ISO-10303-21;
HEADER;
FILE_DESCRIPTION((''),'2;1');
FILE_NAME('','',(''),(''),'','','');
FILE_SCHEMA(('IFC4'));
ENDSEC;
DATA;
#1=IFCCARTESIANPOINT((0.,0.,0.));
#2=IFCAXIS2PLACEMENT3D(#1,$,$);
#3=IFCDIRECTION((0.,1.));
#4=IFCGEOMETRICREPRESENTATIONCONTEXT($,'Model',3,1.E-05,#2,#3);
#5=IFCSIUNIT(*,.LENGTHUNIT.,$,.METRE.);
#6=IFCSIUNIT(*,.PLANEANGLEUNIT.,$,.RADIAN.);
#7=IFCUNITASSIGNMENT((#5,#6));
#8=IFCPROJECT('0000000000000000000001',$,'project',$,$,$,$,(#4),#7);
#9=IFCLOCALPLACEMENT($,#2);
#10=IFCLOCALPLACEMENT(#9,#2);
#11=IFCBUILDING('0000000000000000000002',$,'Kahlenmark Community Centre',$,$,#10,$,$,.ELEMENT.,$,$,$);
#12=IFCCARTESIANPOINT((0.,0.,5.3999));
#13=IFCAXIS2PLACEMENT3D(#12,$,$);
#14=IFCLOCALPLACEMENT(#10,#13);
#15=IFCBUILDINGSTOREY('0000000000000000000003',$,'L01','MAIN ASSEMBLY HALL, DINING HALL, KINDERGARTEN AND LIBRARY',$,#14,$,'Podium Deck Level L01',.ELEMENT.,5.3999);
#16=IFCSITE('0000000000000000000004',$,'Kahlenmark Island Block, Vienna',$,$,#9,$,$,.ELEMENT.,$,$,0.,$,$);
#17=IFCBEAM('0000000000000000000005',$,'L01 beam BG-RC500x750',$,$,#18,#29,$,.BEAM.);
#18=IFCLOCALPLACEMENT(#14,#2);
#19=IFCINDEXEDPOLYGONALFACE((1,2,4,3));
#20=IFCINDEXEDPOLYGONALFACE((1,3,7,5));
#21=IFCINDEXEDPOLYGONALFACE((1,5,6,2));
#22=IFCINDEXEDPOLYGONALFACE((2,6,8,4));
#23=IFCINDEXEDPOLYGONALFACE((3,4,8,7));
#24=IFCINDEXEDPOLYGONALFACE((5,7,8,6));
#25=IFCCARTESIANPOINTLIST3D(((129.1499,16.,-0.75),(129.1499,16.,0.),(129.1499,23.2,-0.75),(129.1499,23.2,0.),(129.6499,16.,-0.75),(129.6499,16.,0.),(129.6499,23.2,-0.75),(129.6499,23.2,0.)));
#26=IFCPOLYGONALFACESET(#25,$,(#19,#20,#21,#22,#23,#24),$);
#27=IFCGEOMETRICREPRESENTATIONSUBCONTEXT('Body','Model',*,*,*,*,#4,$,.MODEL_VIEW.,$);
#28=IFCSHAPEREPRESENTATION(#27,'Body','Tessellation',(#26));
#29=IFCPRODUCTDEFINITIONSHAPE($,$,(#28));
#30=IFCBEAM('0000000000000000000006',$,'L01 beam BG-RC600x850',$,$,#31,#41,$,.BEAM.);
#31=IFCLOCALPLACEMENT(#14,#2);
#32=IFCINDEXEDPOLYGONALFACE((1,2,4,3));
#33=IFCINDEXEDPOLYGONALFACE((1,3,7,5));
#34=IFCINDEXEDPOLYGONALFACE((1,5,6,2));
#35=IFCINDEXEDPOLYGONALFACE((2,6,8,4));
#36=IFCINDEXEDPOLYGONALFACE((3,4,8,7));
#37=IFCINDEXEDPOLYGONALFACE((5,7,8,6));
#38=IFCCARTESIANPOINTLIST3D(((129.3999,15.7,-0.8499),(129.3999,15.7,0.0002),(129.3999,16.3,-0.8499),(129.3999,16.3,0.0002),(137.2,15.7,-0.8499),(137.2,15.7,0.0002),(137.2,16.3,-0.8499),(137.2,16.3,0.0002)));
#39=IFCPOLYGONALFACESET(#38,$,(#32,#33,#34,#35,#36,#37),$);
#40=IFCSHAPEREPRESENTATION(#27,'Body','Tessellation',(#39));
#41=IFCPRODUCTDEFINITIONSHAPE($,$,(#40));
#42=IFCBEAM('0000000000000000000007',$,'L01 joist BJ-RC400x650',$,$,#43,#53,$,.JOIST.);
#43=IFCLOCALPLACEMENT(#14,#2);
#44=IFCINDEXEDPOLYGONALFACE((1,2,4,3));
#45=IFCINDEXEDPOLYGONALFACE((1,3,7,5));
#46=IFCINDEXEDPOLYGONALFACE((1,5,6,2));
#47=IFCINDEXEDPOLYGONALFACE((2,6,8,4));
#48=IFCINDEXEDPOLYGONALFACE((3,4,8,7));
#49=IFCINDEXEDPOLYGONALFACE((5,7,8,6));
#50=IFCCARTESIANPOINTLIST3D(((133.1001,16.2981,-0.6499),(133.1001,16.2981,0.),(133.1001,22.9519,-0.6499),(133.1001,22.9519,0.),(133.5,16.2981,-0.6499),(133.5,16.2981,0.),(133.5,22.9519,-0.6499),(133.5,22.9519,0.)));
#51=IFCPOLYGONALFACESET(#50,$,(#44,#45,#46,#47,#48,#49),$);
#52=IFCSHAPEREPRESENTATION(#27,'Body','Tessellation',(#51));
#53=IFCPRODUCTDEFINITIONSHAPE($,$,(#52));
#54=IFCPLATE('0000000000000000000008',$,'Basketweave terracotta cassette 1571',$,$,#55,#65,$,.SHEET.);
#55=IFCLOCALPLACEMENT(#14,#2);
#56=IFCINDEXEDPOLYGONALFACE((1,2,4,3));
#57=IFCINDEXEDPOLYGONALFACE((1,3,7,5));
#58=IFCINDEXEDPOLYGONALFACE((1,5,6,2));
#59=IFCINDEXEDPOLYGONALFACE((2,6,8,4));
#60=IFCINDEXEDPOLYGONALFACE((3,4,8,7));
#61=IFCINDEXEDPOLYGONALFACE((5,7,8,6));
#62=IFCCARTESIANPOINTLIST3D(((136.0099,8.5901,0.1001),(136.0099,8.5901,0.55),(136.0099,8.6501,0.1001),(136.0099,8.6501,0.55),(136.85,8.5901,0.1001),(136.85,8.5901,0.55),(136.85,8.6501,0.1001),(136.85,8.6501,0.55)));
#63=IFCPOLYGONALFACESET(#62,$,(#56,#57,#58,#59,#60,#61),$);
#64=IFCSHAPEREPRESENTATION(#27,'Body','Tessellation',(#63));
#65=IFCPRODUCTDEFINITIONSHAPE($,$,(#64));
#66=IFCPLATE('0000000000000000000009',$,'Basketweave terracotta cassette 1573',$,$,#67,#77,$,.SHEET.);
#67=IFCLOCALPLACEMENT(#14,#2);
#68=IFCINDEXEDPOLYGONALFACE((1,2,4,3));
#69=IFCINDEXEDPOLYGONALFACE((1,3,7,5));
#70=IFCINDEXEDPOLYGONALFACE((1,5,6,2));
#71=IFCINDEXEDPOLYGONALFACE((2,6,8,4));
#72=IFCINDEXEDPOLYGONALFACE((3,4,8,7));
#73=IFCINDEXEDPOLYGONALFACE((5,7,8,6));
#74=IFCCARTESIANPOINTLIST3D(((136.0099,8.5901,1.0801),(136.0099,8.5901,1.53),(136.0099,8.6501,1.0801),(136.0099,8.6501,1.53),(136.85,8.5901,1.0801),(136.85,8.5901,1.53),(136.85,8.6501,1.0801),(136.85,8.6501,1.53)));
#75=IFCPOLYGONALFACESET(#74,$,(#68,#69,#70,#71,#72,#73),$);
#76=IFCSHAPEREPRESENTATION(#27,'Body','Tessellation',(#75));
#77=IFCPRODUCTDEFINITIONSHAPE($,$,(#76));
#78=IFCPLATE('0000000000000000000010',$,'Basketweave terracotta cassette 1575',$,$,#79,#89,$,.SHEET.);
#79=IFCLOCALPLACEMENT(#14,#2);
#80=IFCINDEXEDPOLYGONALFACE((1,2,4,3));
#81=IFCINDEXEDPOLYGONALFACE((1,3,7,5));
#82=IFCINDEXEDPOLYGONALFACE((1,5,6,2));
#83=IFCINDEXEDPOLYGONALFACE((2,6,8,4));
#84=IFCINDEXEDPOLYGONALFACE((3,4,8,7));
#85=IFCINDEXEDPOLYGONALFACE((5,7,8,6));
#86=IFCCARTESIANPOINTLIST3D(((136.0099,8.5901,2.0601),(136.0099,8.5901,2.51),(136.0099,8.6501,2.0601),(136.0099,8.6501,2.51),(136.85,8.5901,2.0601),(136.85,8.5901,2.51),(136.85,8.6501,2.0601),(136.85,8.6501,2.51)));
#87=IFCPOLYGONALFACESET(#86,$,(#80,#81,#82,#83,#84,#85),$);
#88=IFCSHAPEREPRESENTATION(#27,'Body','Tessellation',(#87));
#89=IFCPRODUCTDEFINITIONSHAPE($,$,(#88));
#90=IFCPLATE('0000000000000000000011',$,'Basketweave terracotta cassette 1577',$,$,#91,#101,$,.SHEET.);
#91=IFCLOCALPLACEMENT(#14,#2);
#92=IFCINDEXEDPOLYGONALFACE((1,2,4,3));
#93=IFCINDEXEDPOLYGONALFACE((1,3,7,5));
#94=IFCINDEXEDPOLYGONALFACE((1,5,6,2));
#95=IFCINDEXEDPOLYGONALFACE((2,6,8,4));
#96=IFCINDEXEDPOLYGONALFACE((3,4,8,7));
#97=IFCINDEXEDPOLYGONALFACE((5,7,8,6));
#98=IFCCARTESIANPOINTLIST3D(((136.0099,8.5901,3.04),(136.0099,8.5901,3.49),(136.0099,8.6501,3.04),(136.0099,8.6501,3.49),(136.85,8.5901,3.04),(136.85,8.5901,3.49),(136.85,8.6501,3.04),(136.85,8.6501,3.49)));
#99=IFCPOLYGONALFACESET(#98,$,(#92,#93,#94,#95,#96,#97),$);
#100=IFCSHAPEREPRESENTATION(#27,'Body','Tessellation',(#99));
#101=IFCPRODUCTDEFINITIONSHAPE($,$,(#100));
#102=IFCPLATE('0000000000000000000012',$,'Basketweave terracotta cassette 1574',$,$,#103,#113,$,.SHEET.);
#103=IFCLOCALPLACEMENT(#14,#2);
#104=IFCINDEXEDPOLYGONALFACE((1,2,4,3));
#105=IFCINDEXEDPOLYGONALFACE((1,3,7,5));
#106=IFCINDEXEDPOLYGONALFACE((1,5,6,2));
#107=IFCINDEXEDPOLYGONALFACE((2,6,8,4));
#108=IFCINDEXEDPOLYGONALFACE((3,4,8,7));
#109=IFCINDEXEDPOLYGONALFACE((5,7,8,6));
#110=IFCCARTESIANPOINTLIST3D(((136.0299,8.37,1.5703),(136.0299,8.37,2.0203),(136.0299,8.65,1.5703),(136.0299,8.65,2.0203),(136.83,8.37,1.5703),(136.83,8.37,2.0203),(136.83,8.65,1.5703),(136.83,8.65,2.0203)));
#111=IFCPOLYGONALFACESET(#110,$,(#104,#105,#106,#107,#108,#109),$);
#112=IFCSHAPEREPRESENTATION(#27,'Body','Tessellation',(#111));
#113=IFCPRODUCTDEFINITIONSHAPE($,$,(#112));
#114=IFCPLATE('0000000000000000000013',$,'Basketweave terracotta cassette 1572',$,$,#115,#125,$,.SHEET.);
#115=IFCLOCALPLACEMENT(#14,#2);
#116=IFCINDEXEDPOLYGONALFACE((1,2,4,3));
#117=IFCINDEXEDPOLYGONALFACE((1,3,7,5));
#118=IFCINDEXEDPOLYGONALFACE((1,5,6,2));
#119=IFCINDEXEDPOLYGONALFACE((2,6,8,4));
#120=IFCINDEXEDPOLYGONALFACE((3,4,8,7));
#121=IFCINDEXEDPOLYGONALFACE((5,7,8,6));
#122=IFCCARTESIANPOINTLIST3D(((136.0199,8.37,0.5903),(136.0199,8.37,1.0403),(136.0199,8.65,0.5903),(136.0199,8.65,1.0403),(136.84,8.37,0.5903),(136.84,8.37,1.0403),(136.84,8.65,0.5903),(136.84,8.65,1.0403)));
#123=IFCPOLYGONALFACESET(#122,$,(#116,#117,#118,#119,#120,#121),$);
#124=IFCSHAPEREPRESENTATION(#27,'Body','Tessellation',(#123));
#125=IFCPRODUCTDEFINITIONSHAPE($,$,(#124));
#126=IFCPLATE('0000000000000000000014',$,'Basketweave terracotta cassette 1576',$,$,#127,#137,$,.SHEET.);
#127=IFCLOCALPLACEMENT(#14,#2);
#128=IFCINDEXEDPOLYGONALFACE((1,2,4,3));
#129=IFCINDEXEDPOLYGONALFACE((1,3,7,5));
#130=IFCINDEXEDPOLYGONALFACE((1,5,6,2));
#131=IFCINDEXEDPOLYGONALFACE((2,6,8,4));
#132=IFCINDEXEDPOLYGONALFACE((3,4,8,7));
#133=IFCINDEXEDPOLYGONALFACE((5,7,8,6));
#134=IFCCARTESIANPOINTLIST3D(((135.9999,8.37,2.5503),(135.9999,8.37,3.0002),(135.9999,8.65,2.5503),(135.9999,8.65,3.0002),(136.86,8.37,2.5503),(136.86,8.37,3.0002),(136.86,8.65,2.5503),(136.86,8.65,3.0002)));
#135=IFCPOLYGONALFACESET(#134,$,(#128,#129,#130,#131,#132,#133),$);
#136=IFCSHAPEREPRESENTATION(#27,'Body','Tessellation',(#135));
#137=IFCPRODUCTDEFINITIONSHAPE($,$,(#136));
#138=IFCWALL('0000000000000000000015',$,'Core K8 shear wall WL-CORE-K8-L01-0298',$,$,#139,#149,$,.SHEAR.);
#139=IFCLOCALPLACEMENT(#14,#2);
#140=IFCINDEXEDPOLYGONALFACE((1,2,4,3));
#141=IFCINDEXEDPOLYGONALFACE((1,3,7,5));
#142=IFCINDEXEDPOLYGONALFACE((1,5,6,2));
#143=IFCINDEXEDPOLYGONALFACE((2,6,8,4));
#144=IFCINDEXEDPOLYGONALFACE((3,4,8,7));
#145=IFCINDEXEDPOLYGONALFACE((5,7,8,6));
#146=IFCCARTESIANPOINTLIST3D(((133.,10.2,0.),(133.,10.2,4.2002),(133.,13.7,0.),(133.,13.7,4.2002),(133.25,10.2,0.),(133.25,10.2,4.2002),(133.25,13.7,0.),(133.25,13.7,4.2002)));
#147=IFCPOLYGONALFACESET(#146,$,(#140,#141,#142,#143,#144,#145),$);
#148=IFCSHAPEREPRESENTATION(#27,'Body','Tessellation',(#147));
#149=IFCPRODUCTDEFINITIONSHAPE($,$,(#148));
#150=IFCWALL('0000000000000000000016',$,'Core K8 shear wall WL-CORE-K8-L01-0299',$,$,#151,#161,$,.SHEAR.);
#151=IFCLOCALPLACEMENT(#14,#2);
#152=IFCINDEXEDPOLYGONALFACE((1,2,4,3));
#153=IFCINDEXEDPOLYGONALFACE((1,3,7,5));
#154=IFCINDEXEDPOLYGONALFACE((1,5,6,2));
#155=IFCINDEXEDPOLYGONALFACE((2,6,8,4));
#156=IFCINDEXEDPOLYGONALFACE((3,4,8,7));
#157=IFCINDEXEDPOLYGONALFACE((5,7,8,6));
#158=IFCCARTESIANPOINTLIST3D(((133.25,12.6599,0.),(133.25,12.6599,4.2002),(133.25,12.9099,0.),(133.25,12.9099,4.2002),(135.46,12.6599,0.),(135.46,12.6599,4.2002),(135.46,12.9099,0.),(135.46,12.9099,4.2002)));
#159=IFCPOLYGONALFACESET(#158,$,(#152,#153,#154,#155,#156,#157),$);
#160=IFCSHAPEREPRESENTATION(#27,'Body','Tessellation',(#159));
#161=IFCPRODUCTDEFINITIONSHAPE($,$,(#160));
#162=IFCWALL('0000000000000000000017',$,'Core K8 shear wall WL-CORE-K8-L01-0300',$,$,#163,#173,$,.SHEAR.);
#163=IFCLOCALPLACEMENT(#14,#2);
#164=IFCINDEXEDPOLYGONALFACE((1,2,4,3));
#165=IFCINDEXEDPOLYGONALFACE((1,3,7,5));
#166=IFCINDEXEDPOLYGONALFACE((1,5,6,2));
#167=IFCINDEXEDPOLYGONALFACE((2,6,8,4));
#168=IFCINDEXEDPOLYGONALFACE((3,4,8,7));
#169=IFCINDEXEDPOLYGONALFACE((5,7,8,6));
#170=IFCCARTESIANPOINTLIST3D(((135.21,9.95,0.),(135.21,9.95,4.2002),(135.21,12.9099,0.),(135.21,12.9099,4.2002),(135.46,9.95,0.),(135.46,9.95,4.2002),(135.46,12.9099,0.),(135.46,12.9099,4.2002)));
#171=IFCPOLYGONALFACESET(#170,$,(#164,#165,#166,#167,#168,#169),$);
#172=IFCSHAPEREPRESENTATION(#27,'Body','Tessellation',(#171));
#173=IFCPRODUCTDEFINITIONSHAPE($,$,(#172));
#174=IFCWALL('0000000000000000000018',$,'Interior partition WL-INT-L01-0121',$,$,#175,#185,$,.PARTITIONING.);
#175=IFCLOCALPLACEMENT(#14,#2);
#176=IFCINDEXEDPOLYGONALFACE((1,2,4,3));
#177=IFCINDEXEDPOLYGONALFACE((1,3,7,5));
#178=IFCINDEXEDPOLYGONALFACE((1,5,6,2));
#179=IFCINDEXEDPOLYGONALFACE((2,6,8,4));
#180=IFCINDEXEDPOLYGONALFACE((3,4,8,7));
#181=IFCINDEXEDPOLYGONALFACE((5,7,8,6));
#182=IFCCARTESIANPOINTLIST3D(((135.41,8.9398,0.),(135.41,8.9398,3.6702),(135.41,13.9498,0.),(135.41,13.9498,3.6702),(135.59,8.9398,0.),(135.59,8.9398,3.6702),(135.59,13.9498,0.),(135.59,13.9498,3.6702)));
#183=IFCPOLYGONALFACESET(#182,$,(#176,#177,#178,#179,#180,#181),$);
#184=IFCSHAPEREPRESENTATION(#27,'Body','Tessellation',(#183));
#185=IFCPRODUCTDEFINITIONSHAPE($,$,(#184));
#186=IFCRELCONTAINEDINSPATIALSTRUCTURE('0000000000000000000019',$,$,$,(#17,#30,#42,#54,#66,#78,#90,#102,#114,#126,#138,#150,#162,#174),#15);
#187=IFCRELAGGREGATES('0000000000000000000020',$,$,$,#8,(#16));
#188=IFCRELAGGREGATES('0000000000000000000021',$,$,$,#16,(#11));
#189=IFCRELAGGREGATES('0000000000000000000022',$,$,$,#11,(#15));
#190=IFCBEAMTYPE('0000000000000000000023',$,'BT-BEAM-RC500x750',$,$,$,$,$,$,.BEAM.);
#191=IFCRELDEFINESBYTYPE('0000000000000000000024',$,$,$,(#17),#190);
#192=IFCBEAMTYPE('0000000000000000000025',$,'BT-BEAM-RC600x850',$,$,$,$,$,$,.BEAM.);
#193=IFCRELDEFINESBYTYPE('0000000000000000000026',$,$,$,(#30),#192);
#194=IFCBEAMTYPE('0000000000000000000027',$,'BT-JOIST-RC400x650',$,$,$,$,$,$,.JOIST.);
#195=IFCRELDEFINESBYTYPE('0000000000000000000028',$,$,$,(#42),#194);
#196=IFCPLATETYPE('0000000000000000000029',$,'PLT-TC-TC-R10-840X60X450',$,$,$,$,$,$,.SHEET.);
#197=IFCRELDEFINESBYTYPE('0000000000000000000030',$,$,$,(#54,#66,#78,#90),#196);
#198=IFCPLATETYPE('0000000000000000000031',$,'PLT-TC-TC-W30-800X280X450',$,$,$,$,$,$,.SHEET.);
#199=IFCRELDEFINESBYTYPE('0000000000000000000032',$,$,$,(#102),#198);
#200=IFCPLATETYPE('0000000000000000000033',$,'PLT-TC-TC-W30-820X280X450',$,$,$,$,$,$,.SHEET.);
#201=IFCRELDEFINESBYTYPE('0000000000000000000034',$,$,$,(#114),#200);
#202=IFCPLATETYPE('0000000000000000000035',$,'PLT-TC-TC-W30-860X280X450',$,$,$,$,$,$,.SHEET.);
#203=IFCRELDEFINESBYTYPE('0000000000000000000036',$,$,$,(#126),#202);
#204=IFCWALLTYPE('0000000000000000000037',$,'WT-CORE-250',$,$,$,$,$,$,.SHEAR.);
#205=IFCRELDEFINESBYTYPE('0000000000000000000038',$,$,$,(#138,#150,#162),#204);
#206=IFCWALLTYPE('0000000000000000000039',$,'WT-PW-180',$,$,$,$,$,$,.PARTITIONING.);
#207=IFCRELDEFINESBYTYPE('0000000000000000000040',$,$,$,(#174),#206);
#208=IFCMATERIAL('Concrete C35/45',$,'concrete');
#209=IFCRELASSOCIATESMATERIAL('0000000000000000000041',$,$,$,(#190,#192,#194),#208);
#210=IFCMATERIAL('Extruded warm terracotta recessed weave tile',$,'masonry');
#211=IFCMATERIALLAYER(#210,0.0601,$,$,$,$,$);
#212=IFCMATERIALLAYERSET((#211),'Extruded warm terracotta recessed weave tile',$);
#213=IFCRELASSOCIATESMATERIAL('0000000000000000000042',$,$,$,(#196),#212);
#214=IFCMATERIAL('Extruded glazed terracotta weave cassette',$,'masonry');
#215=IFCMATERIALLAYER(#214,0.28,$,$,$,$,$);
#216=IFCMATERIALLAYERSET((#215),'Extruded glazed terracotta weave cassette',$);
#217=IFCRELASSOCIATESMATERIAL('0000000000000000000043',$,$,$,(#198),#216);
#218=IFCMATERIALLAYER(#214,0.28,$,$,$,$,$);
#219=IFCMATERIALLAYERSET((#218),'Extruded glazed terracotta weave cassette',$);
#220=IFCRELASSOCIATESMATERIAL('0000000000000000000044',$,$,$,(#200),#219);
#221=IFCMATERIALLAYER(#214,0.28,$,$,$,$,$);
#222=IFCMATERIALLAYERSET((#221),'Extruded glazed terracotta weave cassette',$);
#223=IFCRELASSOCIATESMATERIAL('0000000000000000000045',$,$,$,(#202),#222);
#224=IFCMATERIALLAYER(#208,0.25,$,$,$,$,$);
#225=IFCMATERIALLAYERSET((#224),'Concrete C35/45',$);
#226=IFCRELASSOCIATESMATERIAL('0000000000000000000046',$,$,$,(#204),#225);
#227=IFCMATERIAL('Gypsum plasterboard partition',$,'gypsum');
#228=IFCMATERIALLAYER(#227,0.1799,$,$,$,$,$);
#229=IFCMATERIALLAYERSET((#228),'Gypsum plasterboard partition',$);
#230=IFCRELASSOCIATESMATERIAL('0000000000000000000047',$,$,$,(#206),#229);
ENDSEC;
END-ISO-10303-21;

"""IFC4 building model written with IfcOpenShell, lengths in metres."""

from ifc_helpers import new_model, si_unit, direction, frame, frame_2d, origin, origin_2d, place, context, subcontext, project, spatial, rectangle, extrude, material, layer, layer_set, material_profile, profile_set, type_object, element, save


model = new_model("IFC4")

# Units and contexts
model_context = context("Model", 3, precision=1e-05, world=origin(), true_north=direction((0.0, 1.0)))
body_context = subcontext(model_context, "Body", "Model", "MODEL_VIEW")
ifc_project = project(units=[si_unit("LENGTHUNIT", "METRE"), si_unit("PLANEANGLEUNIT", "RADIAN")], contexts=[model_context])

# Site, building, storey
site_placement = place(None, origin())
site = spatial("IfcSite", under=ifc_project, at=site_placement, Name="Kahlenmark Island Block, Vienna", CompositionType="ELEMENT", RefElevation=0.0)
building_placement = place(site_placement, origin())
building = spatial("IfcBuilding", under=site, at=building_placement, Name="Kahlenmark Community Centre", CompositionType="ELEMENT")
storey_placement = place(building_placement, frame((0.0, 0.0, 5.3999)))
storey = spatial("IfcBuildingStorey", under=building, at=storey_placement, Name="L01", Description="MAIN ASSEMBLY HALL, DINING HALL, KINDERGARTEN AND LIBRARY", LongName="Podium Deck Level L01", CompositionType="ELEMENT", Elevation=5.3999)

# Beams
ifc_material_1 = material(Name="Concrete C35/45", Category="concrete")
ifc_material_profile_1 = material_profile(ifc_material_1, rectangle(XDim=0.5, YDim=0.75, at=origin_2d()), Name="RC 500x750")
ifc_profile_set_1 = profile_set([ifc_material_profile_1], Name="Concrete C35/45")
beam_type_1 = type_object("IfcBeamType", Name="BT-BEAM-RC500x750", PredefinedType="BEAM", material=ifc_profile_set_1)
beam_1_placement = place(storey_placement, frame((129.3999, 16.0, -0.375), z_axis=(0.0, 1.0, 0.0), x_axis=(-1.0, 0.0, 0.0)))
element("IfcBeam", 1, at=beam_1_placement, inside=storey, type_object=beam_type_1, Name="L01 beam BG-RC500x750", PredefinedType="BEAM", context=body_context, shape_type="SweptSolid", body=[
    extrude(rectangle(XDim=0.5, YDim=0.75, at=origin_2d()), origin(), (0.0, 0.0, 1.0), 7.2),
])
ifc_material_profile_2 = material_profile(ifc_material_1, rectangle(XDim=0.6001, YDim=0.8501, at=origin_2d()), Name="RC 600x850")
ifc_profile_set_2 = profile_set([ifc_material_profile_2], Name="Concrete C35/45")
beam_type_2 = type_object("IfcBeamType", Name="BT-BEAM-RC600x850", PredefinedType="BEAM", material=ifc_profile_set_2)
beam_2_placement = place(storey_placement, frame((129.3999, 16.0, -0.4248), z_axis=(1.0, 0.0, 0.0), x_axis=(0.0, 1.0, 0.0)))
element("IfcBeam", 2, at=beam_2_placement, inside=storey, type_object=beam_type_2, Name="L01 beam BG-RC600x850", PredefinedType="BEAM", context=body_context, shape_type="SweptSolid", body=[
    extrude(rectangle(XDim=0.6001, YDim=0.8501, at=origin_2d()), origin(), (0.0, 0.0, 1.0), 7.8),
])
ifc_material_profile_3 = material_profile(ifc_material_1, rectangle(XDim=0.3999, YDim=0.6499, at=origin_2d()), Name="RC 400x650")
ifc_profile_set_3 = profile_set([ifc_material_profile_3], Name="Concrete C35/45")
beam_type_3 = type_object("IfcBeamType", Name="BT-JOIST-RC400x650", PredefinedType="JOIST", material=ifc_profile_set_3)
beam_3_placement = place(storey_placement, frame((133.3, 16.2981, -0.325), z_axis=(0.0, 1.0, 0.0), x_axis=(-1.0, 0.0, 0.0)))
element("IfcBeam", 3, at=beam_3_placement, inside=storey, type_object=beam_type_3, Name="L01 joist BJ-RC400x650", PredefinedType="JOIST", context=body_context, shape_type="SweptSolid", body=[
    extrude(rectangle(XDim=0.3999, YDim=0.6499, at=origin_2d()), origin(), (0.0, 0.0, 1.0), 6.6538),
])

# Plates
ifc_material_2 = material(Name="Extruded warm terracotta recessed weave tile", Category="masonry")
ifc_layer_1 = layer(ifc_material_2, 0.0601)
ifc_layer_set_1 = layer_set([ifc_layer_1], Name="Extruded warm terracotta recessed weave tile")
plate_type_1 = type_object("IfcPlateType", Name="PLT-TC-TC-R10-840X60X450", PredefinedType="SHEET", material=ifc_layer_set_1)
for number, where, z_axis, x_axis, name in (
    (4, (136.4299, 8.6201, 0.1001), (0.0, 0.0, 1.0), (1.0, 0.0, 0.0), "Basketweave terracotta cassette 1571"),
    (5, (136.4299, 8.6201, 1.0801), (0.0, 0.0, 1.0), (1.0, 0.0, 0.0), "Basketweave terracotta cassette 1573"),
    (6, (136.4299, 8.6201, 2.0601), (0.0, 0.0, 1.0), (1.0, 0.0, 0.0), "Basketweave terracotta cassette 1575"),
    (7, (136.4299, 8.6201, 3.04), (0.0, 0.0, 1.0), (1.0, 0.0, 0.0), "Basketweave terracotta cassette 1577"),
):
    element("IfcPlate", number, at=place(storey_placement, frame(where, z_axis=z_axis, x_axis=x_axis)), inside=storey, type_object=plate_type_1, Name=name, PredefinedType="SHEET", context=body_context, shape_type="SweptSolid", body=[
        extrude(rectangle(XDim=0.8401, YDim=0.0601, at=origin_2d()), origin(), (0.0, 0.0, 1.0), 0.45),
    ])
ifc_material_3 = material(Name="Extruded glazed terracotta weave cassette", Category="masonry")
ifc_layer_2 = layer(ifc_material_3, 0.28)
ifc_layer_set_2 = layer_set([ifc_layer_2], Name="Extruded glazed terracotta weave cassette")
plate_type_2 = type_object("IfcPlateType", Name="PLT-TC-TC-W30-800X280X450", PredefinedType="SHEET", material=ifc_layer_set_2)
plate_1_placement = place(storey_placement, frame((136.4299, 8.51, 1.5703), z_axis=(0.0, 0.0, 1.0), x_axis=(1.0, 0.0, 0.0)))
element("IfcPlate", 8, at=plate_1_placement, inside=storey, type_object=plate_type_2, Name="Basketweave terracotta cassette 1574", PredefinedType="SHEET", context=body_context, shape_type="SweptSolid", body=[
    extrude(rectangle(XDim=0.8, YDim=0.28, at=origin_2d()), origin(), (0.0, 0.0, 1.0), 0.45),
])
ifc_layer_3 = layer(ifc_material_3, 0.28)
ifc_layer_set_3 = layer_set([ifc_layer_3], Name="Extruded glazed terracotta weave cassette")
plate_type_3 = type_object("IfcPlateType", Name="PLT-TC-TC-W30-820X280X450", PredefinedType="SHEET", material=ifc_layer_set_3)
plate_2_placement = place(storey_placement, frame((136.4299, 8.51, 0.5903), z_axis=(0.0, 0.0, 1.0), x_axis=(1.0, 0.0, 0.0)))
element("IfcPlate", 9, at=plate_2_placement, inside=storey, type_object=plate_type_3, Name="Basketweave terracotta cassette 1572", PredefinedType="SHEET", context=body_context, shape_type="SweptSolid", body=[
    extrude(rectangle(XDim=0.8201, YDim=0.28, at=origin_2d()), origin(), (0.0, 0.0, 1.0), 0.45),
])
ifc_layer_4 = layer(ifc_material_3, 0.28)
ifc_layer_set_4 = layer_set([ifc_layer_4], Name="Extruded glazed terracotta weave cassette")
plate_type_4 = type_object("IfcPlateType", Name="PLT-TC-TC-W30-860X280X450", PredefinedType="SHEET", material=ifc_layer_set_4)
plate_3_placement = place(storey_placement, frame((136.4299, 8.51, 2.5503), z_axis=(0.0, 0.0, 1.0), x_axis=(1.0, 0.0, 0.0)))
element("IfcPlate", 10, at=plate_3_placement, inside=storey, type_object=plate_type_4, Name="Basketweave terracotta cassette 1576", PredefinedType="SHEET", context=body_context, shape_type="SweptSolid", body=[
    extrude(rectangle(XDim=0.8601, YDim=0.28, at=origin_2d()), origin(), (0.0, 0.0, 1.0), 0.45),
])

# Walls
ifc_layer_5 = layer(ifc_material_1, 0.25)
ifc_layer_set_5 = layer_set([ifc_layer_5], Name="Concrete C35/45")
wall_type_1 = type_object("IfcWallType", Name="WT-CORE-250", PredefinedType="SHEAR", material=ifc_layer_set_5)
wall_1_placement = place(storey_placement, frame((133.125, 10.2, 0.0), z_axis=(0.0, 0.0, 1.0), x_axis=(0.0, 1.0, 0.0)))
element("IfcWall", 11, at=wall_1_placement, inside=storey, type_object=wall_type_1, Name="Core K8 shear wall WL-CORE-K8-L01-0298", PredefinedType="SHEAR", context=body_context, shape_type="SweptSolid", body=[
    extrude(rectangle(XDim=3.5, YDim=0.25, at=frame_2d((1.75, 0.0))), origin(), (0.0, 0.0, 1.0), 4.2002),
])
wall_2_placement = place(storey_placement, frame((133.25, 12.7849, 0.0), z_axis=(0.0, 0.0, 1.0), x_axis=(1.0, 0.0, 0.0)))
element("IfcWall", 12, at=wall_2_placement, inside=storey, type_object=wall_type_1, Name="Core K8 shear wall WL-CORE-K8-L01-0299", PredefinedType="SHEAR", context=body_context, shape_type="SweptSolid", body=[
    extrude(rectangle(XDim=2.21, YDim=0.25, at=frame_2d((1.105, 0.0))), origin(), (0.0, 0.0, 1.0), 4.2002),
])
wall_3_placement = place(storey_placement, frame((135.335, 9.95, 0.0), z_axis=(0.0, 0.0, 1.0), x_axis=(0.0, 1.0, 0.0)))
element("IfcWall", 13, at=wall_3_placement, inside=storey, type_object=wall_type_1, Name="Core K8 shear wall WL-CORE-K8-L01-0300", PredefinedType="SHEAR", context=body_context, shape_type="SweptSolid", body=[
    extrude(rectangle(XDim=2.96, YDim=0.25, at=frame_2d((1.48, 0.0))), origin(), (0.0, 0.0, 1.0), 4.2002),
])

# Wall
ifc_material_4 = material(Name="Gypsum plasterboard partition", Category="gypsum")
ifc_layer_6 = layer(ifc_material_4, 0.1799)
ifc_layer_set_6 = layer_set([ifc_layer_6], Name="Gypsum plasterboard partition")
wall_type_2 = type_object("IfcWallType", Name="WT-PW-180", PredefinedType="PARTITIONING", material=ifc_layer_set_6)
wall_4_placement = place(storey_placement, frame((135.5, 8.9399, 0.0), z_axis=(0.0, 0.0, 1.0), x_axis=(0.0, 1.0, 0.0)))
element("IfcWall", 14, at=wall_4_placement, inside=storey, type_object=wall_type_2, Name="Interior partition WL-INT-L01-0121", PredefinedType="PARTITIONING", context=body_context, shape_type="SweptSolid", body=[
    extrude(rectangle(XDim=5.01, YDim=0.1799, at=frame_2d((2.5049, 0.0))), origin(), (0.0, 0.0, 1.0), 3.6702),
])

save(model, "model.ifc")
